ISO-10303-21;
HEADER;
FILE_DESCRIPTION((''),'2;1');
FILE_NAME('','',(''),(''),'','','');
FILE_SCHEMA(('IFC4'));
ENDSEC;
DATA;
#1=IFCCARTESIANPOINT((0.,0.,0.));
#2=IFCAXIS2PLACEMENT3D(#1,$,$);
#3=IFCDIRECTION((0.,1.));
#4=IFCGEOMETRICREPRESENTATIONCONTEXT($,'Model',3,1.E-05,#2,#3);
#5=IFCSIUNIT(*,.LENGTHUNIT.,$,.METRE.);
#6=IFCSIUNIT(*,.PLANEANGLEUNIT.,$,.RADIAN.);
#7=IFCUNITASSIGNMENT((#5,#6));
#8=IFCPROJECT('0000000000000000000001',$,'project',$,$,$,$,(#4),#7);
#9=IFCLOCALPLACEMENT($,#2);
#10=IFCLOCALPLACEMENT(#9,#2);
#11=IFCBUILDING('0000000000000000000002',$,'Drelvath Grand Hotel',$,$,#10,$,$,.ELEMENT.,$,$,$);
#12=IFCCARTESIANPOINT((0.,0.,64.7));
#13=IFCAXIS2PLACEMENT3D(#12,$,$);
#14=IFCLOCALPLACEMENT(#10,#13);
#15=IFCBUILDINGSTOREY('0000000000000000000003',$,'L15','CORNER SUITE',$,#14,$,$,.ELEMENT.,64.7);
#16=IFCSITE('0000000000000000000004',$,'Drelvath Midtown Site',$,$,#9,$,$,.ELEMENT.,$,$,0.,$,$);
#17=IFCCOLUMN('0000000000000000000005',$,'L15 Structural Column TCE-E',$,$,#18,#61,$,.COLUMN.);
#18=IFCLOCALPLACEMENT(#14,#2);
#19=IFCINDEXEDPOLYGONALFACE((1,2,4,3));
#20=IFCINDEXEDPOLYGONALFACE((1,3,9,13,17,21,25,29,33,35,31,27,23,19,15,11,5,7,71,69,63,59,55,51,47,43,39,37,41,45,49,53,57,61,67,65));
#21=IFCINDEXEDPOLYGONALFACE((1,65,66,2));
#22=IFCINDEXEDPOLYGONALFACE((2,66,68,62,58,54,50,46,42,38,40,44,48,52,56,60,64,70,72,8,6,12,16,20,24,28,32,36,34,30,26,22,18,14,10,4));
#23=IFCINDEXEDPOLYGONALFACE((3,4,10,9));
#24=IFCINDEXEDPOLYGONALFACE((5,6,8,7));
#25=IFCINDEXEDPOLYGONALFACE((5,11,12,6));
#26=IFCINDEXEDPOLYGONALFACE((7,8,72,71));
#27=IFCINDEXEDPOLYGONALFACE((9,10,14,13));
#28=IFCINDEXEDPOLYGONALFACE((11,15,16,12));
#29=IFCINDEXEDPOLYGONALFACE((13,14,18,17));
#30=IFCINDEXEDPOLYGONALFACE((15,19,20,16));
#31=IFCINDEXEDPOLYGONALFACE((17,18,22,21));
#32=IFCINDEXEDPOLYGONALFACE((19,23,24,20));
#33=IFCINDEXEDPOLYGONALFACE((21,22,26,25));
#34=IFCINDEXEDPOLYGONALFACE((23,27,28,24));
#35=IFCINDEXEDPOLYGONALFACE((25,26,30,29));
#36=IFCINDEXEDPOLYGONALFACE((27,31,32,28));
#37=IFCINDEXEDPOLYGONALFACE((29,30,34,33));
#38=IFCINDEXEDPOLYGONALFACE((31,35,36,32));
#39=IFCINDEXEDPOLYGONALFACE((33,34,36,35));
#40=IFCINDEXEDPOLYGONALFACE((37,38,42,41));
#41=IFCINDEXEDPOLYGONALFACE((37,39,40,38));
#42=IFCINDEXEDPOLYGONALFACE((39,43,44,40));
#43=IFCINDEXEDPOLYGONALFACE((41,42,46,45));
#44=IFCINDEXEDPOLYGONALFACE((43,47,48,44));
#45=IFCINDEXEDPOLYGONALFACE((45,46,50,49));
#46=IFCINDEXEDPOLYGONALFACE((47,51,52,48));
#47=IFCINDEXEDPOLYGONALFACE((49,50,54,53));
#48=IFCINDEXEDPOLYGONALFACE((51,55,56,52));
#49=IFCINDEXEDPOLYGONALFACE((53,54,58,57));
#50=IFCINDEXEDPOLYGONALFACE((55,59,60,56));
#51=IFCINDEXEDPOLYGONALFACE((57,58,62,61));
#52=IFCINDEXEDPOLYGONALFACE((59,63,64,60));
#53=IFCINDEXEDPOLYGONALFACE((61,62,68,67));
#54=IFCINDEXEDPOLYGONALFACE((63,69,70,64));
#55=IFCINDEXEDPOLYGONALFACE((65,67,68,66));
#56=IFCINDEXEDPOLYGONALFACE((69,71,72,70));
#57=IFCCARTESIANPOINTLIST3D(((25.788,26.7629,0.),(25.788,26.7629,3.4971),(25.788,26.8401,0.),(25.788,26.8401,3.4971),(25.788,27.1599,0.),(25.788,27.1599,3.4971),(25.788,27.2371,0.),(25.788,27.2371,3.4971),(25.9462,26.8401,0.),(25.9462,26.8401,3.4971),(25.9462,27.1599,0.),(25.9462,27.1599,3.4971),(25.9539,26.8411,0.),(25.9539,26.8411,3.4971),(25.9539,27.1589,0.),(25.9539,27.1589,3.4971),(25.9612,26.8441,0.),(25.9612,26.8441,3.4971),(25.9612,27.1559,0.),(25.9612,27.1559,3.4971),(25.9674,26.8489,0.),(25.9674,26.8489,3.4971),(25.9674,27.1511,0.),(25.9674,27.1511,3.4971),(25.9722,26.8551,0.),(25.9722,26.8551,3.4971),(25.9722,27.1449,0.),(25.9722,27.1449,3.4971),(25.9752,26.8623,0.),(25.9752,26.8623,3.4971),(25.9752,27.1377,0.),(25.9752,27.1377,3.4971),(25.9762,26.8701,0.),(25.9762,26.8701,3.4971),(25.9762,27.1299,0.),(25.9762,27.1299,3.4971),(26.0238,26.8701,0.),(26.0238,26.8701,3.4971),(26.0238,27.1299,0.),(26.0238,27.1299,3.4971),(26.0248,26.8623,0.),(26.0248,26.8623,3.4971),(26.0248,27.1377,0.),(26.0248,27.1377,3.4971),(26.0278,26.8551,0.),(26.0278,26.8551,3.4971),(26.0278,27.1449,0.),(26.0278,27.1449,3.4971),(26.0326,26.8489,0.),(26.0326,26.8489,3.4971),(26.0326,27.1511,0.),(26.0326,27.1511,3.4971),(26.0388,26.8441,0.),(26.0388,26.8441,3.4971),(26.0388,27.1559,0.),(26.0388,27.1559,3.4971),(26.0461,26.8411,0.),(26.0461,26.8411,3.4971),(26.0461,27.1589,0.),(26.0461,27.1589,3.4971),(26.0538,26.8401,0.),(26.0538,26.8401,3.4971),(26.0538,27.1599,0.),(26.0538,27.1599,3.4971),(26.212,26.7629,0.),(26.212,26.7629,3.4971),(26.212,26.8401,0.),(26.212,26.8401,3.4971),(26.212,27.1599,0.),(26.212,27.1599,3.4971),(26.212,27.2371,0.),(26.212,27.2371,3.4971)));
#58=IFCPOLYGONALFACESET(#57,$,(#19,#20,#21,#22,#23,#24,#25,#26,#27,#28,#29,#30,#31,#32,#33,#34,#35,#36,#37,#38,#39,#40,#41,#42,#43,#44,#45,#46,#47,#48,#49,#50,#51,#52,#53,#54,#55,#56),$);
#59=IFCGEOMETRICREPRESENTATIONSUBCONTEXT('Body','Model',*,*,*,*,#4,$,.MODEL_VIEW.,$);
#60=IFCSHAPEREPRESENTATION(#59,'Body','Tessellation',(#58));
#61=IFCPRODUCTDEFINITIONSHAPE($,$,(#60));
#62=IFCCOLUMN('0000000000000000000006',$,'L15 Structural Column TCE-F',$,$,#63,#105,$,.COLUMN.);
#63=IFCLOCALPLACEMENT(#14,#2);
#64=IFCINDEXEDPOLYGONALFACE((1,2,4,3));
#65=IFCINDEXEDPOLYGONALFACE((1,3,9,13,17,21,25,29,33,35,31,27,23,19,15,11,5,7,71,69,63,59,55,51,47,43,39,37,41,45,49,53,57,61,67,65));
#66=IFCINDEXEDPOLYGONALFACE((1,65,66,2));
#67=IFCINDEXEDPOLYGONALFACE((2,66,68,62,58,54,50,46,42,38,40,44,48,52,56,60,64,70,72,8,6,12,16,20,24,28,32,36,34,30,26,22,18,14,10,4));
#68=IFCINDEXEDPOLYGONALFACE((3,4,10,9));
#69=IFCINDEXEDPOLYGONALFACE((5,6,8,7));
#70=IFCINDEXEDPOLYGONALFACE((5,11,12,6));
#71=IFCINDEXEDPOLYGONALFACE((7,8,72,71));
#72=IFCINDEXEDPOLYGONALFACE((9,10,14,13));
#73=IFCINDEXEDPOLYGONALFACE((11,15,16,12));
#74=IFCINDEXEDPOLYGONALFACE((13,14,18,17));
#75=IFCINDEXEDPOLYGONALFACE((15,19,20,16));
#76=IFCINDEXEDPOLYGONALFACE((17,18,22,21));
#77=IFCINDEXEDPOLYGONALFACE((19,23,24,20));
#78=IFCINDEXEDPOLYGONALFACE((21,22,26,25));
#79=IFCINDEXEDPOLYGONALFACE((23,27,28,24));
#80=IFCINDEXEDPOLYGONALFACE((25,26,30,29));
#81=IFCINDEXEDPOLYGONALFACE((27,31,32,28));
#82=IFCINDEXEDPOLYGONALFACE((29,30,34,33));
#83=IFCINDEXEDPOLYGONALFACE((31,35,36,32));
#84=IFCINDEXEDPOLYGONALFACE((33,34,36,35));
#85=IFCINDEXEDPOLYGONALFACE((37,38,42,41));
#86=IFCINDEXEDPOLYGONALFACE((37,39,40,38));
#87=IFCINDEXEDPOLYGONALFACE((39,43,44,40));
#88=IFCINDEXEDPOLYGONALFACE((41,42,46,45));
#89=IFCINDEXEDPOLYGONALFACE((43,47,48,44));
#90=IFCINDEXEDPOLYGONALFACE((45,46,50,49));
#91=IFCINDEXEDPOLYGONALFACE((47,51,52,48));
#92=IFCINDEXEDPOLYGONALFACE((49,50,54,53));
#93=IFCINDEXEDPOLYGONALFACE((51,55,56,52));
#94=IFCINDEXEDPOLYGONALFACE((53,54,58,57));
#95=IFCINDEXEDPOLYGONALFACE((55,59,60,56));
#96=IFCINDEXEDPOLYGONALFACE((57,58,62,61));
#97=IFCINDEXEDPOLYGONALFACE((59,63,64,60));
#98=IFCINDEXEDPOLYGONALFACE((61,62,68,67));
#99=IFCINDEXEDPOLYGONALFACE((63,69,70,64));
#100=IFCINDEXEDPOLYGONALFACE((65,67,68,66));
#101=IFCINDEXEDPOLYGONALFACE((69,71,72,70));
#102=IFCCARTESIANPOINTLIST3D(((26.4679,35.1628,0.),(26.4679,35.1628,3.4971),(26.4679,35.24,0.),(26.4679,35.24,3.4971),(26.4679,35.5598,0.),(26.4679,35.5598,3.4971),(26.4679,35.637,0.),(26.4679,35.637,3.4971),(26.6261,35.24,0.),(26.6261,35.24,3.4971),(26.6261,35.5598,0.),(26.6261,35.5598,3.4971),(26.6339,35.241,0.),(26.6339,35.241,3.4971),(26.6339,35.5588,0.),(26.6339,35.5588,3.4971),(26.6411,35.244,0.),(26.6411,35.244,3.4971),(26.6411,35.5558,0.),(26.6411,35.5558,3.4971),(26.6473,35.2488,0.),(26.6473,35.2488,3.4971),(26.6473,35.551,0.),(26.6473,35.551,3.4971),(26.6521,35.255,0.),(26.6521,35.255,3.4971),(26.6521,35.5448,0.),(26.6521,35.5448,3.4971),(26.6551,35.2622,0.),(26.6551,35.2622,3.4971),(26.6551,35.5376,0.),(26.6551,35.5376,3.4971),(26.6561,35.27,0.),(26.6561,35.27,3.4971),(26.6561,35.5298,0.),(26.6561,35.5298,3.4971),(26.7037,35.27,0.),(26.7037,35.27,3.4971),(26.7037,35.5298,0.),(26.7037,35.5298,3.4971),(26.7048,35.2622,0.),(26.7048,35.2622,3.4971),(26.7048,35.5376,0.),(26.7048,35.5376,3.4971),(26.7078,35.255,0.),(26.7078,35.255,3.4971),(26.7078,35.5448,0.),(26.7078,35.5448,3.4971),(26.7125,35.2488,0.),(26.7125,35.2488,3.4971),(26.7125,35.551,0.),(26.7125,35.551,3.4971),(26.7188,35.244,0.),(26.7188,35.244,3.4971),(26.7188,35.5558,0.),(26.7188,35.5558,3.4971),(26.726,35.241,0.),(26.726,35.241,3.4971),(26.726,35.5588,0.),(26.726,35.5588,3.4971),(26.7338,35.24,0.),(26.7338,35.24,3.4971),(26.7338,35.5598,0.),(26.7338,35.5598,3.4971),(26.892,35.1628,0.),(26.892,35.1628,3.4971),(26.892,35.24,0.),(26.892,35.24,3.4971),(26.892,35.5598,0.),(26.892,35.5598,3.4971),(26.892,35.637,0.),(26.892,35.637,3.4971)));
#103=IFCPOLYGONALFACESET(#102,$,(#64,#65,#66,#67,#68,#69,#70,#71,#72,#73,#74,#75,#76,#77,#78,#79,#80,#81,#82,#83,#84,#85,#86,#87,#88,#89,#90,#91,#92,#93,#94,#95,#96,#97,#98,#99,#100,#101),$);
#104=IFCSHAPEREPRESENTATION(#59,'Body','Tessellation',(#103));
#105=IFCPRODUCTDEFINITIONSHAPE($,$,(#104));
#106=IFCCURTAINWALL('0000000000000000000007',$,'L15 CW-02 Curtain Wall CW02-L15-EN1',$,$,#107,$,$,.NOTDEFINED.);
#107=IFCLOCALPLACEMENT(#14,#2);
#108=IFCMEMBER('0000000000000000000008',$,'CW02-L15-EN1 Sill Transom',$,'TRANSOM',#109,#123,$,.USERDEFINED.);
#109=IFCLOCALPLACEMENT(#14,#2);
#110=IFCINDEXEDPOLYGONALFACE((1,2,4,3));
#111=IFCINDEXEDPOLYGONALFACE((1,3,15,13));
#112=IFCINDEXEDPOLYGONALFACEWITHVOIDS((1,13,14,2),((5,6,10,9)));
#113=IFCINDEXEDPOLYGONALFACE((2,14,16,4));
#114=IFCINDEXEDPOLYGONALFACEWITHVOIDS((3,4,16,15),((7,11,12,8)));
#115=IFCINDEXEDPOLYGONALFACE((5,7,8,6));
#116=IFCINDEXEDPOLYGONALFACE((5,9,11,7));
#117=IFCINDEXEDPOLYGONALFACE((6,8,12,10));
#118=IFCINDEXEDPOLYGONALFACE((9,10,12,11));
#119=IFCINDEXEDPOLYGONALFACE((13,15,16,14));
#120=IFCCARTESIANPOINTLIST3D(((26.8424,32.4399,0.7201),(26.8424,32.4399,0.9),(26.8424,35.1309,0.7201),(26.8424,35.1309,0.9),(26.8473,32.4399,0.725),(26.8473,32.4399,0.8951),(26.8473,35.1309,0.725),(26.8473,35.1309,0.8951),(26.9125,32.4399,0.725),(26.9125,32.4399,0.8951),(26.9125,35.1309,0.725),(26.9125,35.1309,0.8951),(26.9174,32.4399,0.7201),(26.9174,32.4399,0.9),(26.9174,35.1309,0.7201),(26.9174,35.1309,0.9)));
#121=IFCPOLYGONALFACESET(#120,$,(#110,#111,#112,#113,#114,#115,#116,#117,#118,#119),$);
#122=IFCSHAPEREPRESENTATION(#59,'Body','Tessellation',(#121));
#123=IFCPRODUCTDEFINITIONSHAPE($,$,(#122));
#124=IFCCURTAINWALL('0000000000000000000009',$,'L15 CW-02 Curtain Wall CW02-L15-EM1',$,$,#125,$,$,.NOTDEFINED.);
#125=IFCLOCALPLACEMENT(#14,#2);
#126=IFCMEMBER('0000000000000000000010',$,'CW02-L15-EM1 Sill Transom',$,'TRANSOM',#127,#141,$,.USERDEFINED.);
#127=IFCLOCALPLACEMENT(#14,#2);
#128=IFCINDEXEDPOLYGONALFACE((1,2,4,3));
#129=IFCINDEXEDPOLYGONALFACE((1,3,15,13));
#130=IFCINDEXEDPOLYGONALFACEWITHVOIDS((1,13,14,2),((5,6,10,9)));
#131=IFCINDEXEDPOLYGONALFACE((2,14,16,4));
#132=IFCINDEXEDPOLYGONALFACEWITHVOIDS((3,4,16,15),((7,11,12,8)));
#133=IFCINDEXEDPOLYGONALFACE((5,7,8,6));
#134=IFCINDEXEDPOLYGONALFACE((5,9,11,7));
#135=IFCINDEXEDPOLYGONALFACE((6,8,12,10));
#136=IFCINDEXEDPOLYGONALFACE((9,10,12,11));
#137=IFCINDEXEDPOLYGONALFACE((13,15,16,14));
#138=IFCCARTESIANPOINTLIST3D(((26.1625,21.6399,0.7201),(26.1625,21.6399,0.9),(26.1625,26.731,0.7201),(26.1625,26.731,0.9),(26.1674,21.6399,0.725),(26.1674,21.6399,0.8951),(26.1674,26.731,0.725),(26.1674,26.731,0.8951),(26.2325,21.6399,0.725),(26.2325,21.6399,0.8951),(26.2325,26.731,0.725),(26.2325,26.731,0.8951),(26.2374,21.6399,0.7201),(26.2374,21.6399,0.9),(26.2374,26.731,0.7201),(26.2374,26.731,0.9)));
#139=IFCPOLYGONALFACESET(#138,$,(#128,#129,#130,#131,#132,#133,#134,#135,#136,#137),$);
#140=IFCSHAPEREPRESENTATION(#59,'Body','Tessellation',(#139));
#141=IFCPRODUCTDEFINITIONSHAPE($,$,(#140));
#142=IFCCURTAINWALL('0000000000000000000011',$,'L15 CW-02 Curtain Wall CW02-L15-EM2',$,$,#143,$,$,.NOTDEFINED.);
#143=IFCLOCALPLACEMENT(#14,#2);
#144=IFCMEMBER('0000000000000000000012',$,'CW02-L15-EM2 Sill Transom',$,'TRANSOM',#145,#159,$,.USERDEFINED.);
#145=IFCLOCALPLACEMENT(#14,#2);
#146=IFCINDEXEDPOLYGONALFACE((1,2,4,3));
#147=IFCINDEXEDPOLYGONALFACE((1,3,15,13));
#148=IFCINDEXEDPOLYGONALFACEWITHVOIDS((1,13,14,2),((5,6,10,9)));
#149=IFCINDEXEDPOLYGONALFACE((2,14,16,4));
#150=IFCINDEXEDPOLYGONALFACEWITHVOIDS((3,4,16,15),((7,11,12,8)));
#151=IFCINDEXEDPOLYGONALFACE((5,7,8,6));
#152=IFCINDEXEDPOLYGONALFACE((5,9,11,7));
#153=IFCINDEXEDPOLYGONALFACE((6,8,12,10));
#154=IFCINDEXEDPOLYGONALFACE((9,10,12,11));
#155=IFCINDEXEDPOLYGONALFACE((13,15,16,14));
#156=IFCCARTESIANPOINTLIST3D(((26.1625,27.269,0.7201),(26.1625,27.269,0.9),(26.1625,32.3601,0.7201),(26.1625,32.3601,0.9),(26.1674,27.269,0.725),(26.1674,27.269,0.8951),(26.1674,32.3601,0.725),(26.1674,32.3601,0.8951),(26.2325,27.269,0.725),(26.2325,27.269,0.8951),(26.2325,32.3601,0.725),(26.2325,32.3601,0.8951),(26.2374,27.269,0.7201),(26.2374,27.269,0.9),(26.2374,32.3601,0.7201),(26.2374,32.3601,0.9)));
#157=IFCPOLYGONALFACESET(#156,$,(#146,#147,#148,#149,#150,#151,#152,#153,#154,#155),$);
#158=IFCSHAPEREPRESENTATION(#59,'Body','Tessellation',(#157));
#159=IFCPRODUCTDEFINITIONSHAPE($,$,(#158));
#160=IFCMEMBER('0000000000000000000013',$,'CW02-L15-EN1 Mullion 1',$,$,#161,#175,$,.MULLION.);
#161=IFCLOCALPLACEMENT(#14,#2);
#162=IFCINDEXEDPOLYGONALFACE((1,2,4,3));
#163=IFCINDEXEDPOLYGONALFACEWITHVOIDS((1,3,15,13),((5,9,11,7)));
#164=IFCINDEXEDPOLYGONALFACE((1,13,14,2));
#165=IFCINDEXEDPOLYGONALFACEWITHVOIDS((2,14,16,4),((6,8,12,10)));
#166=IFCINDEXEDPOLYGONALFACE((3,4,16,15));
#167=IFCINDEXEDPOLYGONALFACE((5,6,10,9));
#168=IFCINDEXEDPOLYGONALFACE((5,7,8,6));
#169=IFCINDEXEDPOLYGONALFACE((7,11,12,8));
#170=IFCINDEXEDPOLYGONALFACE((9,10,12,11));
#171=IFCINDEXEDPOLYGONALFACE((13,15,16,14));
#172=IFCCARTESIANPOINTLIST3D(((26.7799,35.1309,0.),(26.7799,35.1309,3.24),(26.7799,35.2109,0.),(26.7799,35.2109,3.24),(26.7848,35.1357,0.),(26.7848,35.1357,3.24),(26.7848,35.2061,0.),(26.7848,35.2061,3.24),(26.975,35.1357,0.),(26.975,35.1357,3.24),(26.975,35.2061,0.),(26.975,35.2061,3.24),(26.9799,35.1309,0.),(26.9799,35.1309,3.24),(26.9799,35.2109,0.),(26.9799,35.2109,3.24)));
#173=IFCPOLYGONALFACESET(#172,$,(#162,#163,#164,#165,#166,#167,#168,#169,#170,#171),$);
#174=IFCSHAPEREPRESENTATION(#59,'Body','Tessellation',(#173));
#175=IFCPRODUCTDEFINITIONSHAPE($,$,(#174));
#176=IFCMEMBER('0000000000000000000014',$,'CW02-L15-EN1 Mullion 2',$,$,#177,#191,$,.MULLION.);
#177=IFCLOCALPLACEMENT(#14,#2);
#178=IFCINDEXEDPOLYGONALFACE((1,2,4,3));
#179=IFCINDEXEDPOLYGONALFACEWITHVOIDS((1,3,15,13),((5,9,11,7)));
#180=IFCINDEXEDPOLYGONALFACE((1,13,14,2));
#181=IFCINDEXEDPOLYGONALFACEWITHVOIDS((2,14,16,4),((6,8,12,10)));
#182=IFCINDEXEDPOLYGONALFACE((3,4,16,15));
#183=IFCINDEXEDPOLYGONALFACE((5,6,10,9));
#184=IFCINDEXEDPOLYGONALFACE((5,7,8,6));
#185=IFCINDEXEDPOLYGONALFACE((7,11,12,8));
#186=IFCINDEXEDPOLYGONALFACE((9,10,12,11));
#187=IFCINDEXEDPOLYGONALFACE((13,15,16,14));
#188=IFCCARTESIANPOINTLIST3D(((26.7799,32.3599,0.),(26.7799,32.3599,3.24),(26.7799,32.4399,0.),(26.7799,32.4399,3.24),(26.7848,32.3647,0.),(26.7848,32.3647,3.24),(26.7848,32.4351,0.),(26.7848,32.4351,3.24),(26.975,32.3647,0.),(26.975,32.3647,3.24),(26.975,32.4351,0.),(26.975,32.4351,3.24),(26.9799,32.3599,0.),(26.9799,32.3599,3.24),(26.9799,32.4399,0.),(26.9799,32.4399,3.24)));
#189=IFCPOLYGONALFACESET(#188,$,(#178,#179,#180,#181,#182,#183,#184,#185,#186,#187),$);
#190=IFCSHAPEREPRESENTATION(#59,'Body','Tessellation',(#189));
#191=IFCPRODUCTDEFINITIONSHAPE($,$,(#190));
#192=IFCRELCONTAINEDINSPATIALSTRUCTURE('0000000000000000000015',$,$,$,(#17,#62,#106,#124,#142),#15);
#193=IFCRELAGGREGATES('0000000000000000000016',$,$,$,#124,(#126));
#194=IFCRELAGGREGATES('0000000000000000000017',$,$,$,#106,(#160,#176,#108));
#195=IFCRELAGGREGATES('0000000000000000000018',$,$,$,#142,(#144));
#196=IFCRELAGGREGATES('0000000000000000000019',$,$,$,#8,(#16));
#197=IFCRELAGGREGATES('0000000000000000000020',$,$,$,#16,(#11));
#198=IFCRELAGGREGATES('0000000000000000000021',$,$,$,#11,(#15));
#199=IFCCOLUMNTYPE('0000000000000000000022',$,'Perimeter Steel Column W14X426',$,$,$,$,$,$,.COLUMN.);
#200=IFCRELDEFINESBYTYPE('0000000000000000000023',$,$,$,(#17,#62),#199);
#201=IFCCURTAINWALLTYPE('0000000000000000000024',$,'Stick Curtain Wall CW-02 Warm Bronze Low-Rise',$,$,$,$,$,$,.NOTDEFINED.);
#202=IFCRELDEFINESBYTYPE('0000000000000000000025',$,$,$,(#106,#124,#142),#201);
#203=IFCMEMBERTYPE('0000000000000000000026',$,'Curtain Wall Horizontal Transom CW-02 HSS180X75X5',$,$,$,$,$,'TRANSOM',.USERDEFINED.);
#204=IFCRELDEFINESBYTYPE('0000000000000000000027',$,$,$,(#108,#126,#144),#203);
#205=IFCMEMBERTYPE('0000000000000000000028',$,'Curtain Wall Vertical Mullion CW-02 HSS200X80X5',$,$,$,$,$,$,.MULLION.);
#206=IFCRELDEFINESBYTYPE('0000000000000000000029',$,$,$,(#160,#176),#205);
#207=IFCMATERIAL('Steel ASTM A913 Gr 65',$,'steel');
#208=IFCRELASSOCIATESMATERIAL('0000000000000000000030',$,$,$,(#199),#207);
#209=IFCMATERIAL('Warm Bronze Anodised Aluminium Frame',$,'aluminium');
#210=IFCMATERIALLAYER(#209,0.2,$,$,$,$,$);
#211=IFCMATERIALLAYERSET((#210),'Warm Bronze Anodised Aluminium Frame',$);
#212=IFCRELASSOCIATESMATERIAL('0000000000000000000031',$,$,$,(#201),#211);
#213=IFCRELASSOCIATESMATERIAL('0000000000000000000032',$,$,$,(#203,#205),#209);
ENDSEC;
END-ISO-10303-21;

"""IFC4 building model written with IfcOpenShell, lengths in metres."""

from ifc_helpers import new_model, si_unit, direction, frame, origin, origin_2d, place, context, subcontext, project, spatial, hollow_rectangle, i_section, extrude, material, layer, layer_set, material_profile, profile_set, type_object, element, aggregate, save


model = new_model("IFC4")

# Units and contexts
model_context = context("Model", 3, precision=1e-05, world=origin(), true_north=direction((0.0, 1.0)))
body_context = subcontext(model_context, "Body", "Model", "MODEL_VIEW")
ifc_project = project(units=[si_unit("LENGTHUNIT", "METRE"), si_unit("PLANEANGLEUNIT", "RADIAN")], contexts=[model_context])

# Site, building, storey
site_placement = place(None, origin())
site = spatial("IfcSite", under=ifc_project, at=site_placement, Name="Drelvath Midtown Site", CompositionType="ELEMENT", RefElevation=0.0)
building_placement = place(site_placement, origin())
building = spatial("IfcBuilding", under=site, at=building_placement, Name="Drelvath Grand Hotel", CompositionType="ELEMENT")
storey_placement = place(building_placement, frame((0.0, 0.0, 64.7)))
storey = spatial("IfcBuildingStorey", under=building, at=storey_placement, Name="L15", Description="CORNER SUITE", CompositionType="ELEMENT", Elevation=64.7)

# Columns
ifc_material_1 = material(Name="Steel ASTM A913 Gr 65", Category="steel")
ifc_material_profile_1 = material_profile(ifc_material_1, i_section(OverallWidth=0.4241, OverallDepth=0.4741, WebThickness=0.0476, FlangeThickness=0.0771, FilletRadius=0.03, at=origin_2d()), Name="W14X426")
ifc_profile_set_1 = profile_set([ifc_material_profile_1], Name="Steel ASTM A913 Gr 65")
column_type = type_object("IfcColumnType", Name="Perimeter Steel Column W14X426", PredefinedType="COLUMN", material=ifc_profile_set_1)
for number, where, z_axis, x_axis, name in (
    (1, (26.0, 27.0, 0.0), (0.0, 0.0, 1.0), (1.0, 0.0, 0.0), "L15 Structural Column TCE-E"),
    (2, (26.6799, 35.3999, 0.0), (0.0, 0.0, 1.0), (1.0, 0.0, 0.0), "L15 Structural Column TCE-F"),
):
    element("IfcColumn", number, at=place(storey_placement, frame(where, z_axis=z_axis, x_axis=x_axis)), inside=storey, type_object=column_type, Name=name, PredefinedType="COLUMN", context=body_context, shape_type="SweptSolid", body=[
        extrude(i_section(OverallWidth=0.4241, OverallDepth=0.4741, WebThickness=0.0476, FlangeThickness=0.0771, FilletRadius=0.03, at=origin_2d()), origin(), (0.0, 0.0, 1.0), 3.4971),
    ])

# Curtain walls, members
ifc_material_2 = material(Name="Warm Bronze Anodised Aluminium Frame", Category="aluminium")
ifc_layer_1 = layer(ifc_material_2, 0.2)
ifc_layer_set_1 = layer_set([ifc_layer_1], Name="Warm Bronze Anodised Aluminium Frame")
curtain_wall_type = type_object("IfcCurtainWallType", Name="Stick Curtain Wall CW-02 Warm Bronze Low-Rise", PredefinedType="NOTDEFINED", material=ifc_layer_set_1)
curtain_wall_1_placement = place(storey_placement, origin())
curtain_wall_1 = element("IfcCurtainWall", 3, at=curtain_wall_1_placement, inside=storey, type_object=curtain_wall_type, Name="L15 CW-02 Curtain Wall CW02-L15-EN1", PredefinedType="NOTDEFINED")
ifc_material_profile_2 = material_profile(ifc_material_2, hollow_rectangle(XDim=0.075, YDim=0.1799, WallThickness=0.0049, at=origin_2d()), Name="HSS180X75X5")
ifc_profile_set_2 = profile_set([ifc_material_profile_2], Name="Warm Bronze Anodised Aluminium Frame")
member_type_1 = type_object("IfcMemberType", Name="Curtain Wall Horizontal Transom CW-02 HSS180X75X5", ElementType="TRANSOM", PredefinedType="USERDEFINED", material=ifc_profile_set_2)
member_1_placement = place(storey_placement, frame((26.8799, 35.1309, 0.8101), z_axis=(0.0, -1.0, 0.0), x_axis=(1.0, 0.0, 0.0)))
member_1 = element("IfcMember", 4, at=member_1_placement, type_object=member_type_1, Name="CW02-L15-EN1 Sill Transom", ObjectType="TRANSOM", PredefinedType="USERDEFINED", context=body_context, shape_type="SweptSolid", body=[
    extrude(hollow_rectangle(XDim=0.075, YDim=0.1799, WallThickness=0.0049, at=origin_2d()), origin(), (0.0, 0.0, 1.0), 2.6909),
])
curtain_wall_2_placement = place(storey_placement, origin())
curtain_wall_2 = element("IfcCurtainWall", 5, at=curtain_wall_2_placement, inside=storey, type_object=curtain_wall_type, Name="L15 CW-02 Curtain Wall CW02-L15-EM1", PredefinedType="NOTDEFINED")
member_2_placement = place(storey_placement, frame((26.2, 26.731, 0.8101), z_axis=(0.0, -1.0, 0.0), x_axis=(1.0, 0.0, 0.0)))
member_2 = element("IfcMember", 6, at=member_2_placement, type_object=member_type_1, Name="CW02-L15-EM1 Sill Transom", ObjectType="TRANSOM", PredefinedType="USERDEFINED", context=body_context, shape_type="SweptSolid", body=[
    extrude(hollow_rectangle(XDim=0.075, YDim=0.1799, WallThickness=0.0049, at=origin_2d()), origin(), (0.0, 0.0, 1.0), 5.0911),
])
curtain_wall_3_placement = place(storey_placement, origin())
curtain_wall_3 = element("IfcCurtainWall", 7, at=curtain_wall_3_placement, inside=storey, type_object=curtain_wall_type, Name="L15 CW-02 Curtain Wall CW02-L15-EM2", PredefinedType="NOTDEFINED")
member_3_placement = place(storey_placement, frame((26.2, 32.3601, 0.8101), z_axis=(0.0, -1.0, 0.0), x_axis=(1.0, 0.0, 0.0)))
member_3 = element("IfcMember", 8, at=member_3_placement, type_object=member_type_1, Name="CW02-L15-EM2 Sill Transom", ObjectType="TRANSOM", PredefinedType="USERDEFINED", context=body_context, shape_type="SweptSolid", body=[
    extrude(hollow_rectangle(XDim=0.075, YDim=0.1799, WallThickness=0.0049, at=origin_2d()), origin(), (0.0, 0.0, 1.0), 5.0911),
])

# Members
ifc_material_profile_3 = material_profile(ifc_material_2, hollow_rectangle(XDim=0.0801, YDim=0.2, WallThickness=0.0049, at=origin_2d()), Name="HSS200X80X5")
ifc_profile_set_3 = profile_set([ifc_material_profile_3], Name="Warm Bronze Anodised Aluminium Frame")
member_type_2 = type_object("IfcMemberType", Name="Curtain Wall Vertical Mullion CW-02 HSS200X80X5", PredefinedType="MULLION", material=ifc_profile_set_3)
member_4_placement = place(storey_placement, frame((26.8799, 35.1709, 0.0), z_axis=(0.0, 0.0, 1.0), x_axis=(0.0, 1.0, 0.0)))
member_4 = element("IfcMember", 9, at=member_4_placement, type_object=member_type_2, Name="CW02-L15-EN1 Mullion 1", PredefinedType="MULLION", context=body_context, shape_type="SweptSolid", body=[
    extrude(hollow_rectangle(XDim=0.0801, YDim=0.2, WallThickness=0.0049, at=origin_2d()), origin(), (0.0, 0.0, 1.0), 3.24),
])
member_5_placement = place(storey_placement, frame((26.8799, 32.3999, 0.0), z_axis=(0.0, 0.0, 1.0), x_axis=(0.0, 1.0, 0.0)))
member_5 = element("IfcMember", 10, at=member_5_placement, type_object=member_type_2, Name="CW02-L15-EN1 Mullion 2", PredefinedType="MULLION", context=body_context, shape_type="SweptSolid", body=[
    extrude(hollow_rectangle(XDim=0.0801, YDim=0.2, WallThickness=0.0049, at=origin_2d()), origin(), (0.0, 0.0, 1.0), 3.24),
])
aggregate(curtain_wall_2, [member_2])

aggregate(curtain_wall_1, [member_4, member_5, member_1])
aggregate(curtain_wall_3, [member_3])

save(model, "model.ifc")
